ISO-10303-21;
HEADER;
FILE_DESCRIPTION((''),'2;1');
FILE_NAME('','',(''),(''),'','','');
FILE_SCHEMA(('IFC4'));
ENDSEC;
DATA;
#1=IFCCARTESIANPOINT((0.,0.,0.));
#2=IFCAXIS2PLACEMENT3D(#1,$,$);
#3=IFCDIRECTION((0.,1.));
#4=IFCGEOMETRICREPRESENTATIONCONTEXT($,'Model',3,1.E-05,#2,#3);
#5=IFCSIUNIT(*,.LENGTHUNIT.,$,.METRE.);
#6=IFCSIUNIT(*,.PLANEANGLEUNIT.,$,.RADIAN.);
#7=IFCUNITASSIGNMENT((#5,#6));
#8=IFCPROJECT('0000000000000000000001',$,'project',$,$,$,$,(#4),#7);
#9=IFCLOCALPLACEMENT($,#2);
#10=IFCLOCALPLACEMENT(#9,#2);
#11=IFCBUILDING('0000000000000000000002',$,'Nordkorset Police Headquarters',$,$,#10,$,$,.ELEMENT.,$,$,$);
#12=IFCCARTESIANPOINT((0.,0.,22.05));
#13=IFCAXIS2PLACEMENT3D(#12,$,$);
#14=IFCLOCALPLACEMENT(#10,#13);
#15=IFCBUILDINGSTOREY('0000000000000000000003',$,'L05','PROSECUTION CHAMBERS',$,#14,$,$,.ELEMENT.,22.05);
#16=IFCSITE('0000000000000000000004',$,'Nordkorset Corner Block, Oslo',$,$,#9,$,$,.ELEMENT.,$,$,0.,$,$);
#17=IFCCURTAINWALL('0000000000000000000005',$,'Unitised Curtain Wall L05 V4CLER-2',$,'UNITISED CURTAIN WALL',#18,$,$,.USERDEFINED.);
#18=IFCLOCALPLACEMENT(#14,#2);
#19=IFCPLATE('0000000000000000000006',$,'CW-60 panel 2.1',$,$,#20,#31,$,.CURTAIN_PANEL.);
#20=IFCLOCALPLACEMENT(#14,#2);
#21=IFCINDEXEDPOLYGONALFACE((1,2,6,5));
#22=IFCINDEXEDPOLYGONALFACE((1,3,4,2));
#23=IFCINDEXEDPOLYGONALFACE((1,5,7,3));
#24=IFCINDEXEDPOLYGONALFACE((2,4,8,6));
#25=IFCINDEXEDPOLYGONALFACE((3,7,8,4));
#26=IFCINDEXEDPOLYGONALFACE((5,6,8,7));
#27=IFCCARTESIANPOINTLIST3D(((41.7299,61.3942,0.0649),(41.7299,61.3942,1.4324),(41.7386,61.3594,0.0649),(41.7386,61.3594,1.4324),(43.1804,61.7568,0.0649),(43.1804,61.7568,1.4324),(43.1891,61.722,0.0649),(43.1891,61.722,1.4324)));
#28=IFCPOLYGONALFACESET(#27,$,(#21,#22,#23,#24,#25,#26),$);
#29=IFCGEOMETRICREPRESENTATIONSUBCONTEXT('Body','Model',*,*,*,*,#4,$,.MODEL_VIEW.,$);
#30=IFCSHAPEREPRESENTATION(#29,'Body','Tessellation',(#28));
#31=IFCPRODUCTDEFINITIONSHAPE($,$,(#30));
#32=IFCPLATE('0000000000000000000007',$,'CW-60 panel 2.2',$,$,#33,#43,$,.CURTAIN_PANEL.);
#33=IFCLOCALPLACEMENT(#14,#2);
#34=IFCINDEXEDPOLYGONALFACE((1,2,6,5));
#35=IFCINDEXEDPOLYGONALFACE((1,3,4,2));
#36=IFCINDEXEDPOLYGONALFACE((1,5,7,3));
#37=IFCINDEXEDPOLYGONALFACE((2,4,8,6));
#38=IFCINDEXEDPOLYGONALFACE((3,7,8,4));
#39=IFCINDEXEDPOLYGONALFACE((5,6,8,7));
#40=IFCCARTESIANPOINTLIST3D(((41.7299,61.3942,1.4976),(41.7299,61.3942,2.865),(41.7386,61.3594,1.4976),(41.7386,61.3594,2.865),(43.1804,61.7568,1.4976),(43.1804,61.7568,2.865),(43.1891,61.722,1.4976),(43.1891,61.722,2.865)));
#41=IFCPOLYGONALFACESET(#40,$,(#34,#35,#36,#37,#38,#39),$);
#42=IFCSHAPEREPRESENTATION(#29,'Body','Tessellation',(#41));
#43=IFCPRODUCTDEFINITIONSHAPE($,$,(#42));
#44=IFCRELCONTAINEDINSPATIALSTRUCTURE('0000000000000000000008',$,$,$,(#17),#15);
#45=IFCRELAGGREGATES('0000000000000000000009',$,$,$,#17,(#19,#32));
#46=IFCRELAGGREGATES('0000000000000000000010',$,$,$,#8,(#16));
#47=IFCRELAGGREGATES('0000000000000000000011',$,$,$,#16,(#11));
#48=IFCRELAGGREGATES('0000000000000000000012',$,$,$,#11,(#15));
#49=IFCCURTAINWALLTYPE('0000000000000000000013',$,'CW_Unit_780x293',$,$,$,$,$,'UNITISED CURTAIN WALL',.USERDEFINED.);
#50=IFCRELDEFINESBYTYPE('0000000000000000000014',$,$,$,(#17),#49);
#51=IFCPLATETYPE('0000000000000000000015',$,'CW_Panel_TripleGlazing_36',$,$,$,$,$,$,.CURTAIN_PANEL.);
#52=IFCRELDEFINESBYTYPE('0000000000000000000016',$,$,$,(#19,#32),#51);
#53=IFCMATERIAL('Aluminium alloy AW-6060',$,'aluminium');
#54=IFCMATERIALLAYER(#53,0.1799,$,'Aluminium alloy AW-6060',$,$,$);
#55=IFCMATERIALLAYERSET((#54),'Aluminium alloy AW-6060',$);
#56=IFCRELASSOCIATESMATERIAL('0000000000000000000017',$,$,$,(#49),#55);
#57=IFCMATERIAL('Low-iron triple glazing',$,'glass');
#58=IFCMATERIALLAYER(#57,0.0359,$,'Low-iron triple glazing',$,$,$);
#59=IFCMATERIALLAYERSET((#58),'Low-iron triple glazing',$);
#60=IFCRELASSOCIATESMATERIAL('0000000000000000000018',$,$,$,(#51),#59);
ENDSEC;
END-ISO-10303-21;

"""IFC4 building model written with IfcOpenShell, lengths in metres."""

from ifc_helpers import new_model, si_unit, direction, frame, origin, origin_2d, place, context, subcontext, project, spatial, rectangle, extrude, material, layer, layer_set, type_object, element, aggregate, save


model = new_model("IFC4")

# Units and contexts
model_context = context("Model", 3, precision=1e-05, world=origin(), true_north=direction((0.0, 1.0)))
body_context = subcontext(model_context, "Body", "Model", "MODEL_VIEW")
ifc_project = project(units=[si_unit("LENGTHUNIT", "METRE"), si_unit("PLANEANGLEUNIT", "RADIAN")], contexts=[model_context])

# Site, building, storey
site_placement = place(None, origin())
site = spatial("IfcSite", under=ifc_project, at=site_placement, Name="Nordkorset Corner Block, Oslo", CompositionType="ELEMENT", RefElevation=0.0)
building_placement = place(site_placement, origin())
building = spatial("IfcBuilding", under=site, at=building_placement, Name="Nordkorset Police Headquarters", CompositionType="ELEMENT")
storey_placement = place(building_placement, frame((0.0, 0.0, 22.05)))
storey = spatial("IfcBuildingStorey", under=building, at=storey_placement, Name="L05", Description="PROSECUTION CHAMBERS", CompositionType="ELEMENT", Elevation=22.05)

# Curtain wall
ifc_material_1 = material(Name="Aluminium alloy AW-6060", Category="aluminium")
ifc_layer_1 = layer(ifc_material_1, 0.1799, Name="Aluminium alloy AW-6060")
ifc_layer_set_1 = layer_set([ifc_layer_1], Name="Aluminium alloy AW-6060")
curtain_wall_type_1 = type_object("IfcCurtainWallType", Name="CW_Unit_780x293", ElementType="UNITISED CURTAIN WALL", PredefinedType="USERDEFINED", material=ifc_layer_set_1)
curtain_wall_1_placement = place(storey_placement, origin())
curtain_wall_1 = element("IfcCurtainWall", 1, at=curtain_wall_1_placement, inside=storey, type_object=curtain_wall_type_1, Name="Unitised Curtain Wall L05 V4CLER-2", ObjectType="UNITISED CURTAIN WALL", PredefinedType="USERDEFINED")

# Plates
ifc_material_2 = material(Name="Low-iron triple glazing", Category="glass")
ifc_layer_2 = layer(ifc_material_2, 0.0359, Name="Low-iron triple glazing")
ifc_layer_set_2 = layer_set([ifc_layer_2], Name="Low-iron triple glazing")
plate_type = type_object("IfcPlateType", Name="CW_Panel_TripleGlazing_36", PredefinedType="CURTAIN_PANEL", material=ifc_layer_set_2)
plate_1_placement = place(storey_placement, frame((42.4595, 61.5581, 0.0649), z_axis=(0.0, 0.0, 1.0), x_axis=(0.970142, 0.242536, 0.0)))
plate_1 = element("IfcPlate", 2, at=plate_1_placement, type_object=plate_type, Name="CW-60 panel 2.1", PredefinedType="CURTAIN_PANEL", context=body_context, shape_type="SweptSolid", body=[
    extrude(rectangle(XDim=1.4951, YDim=0.0359, at=origin_2d()), origin(), (0.0, 0.0, 1.0), 1.3674),
])
plate_2_placement = place(storey_placement, frame((42.4595, 61.5581, 1.4976), z_axis=(0.0, 0.0, 1.0), x_axis=(0.970142, 0.242536, 0.0)))
plate_2 = element("IfcPlate", 3, at=plate_2_placement, type_object=plate_type, Name="CW-60 panel 2.2", PredefinedType="CURTAIN_PANEL", context=body_context, shape_type="SweptSolid", body=[
    extrude(rectangle(XDim=1.4951, YDim=0.0359, at=origin_2d()), origin(), (0.0, 0.0, 1.0), 1.3674),
])
aggregate(curtain_wall_1, [plate_1, plate_2])

save(model, "model.ifc")
